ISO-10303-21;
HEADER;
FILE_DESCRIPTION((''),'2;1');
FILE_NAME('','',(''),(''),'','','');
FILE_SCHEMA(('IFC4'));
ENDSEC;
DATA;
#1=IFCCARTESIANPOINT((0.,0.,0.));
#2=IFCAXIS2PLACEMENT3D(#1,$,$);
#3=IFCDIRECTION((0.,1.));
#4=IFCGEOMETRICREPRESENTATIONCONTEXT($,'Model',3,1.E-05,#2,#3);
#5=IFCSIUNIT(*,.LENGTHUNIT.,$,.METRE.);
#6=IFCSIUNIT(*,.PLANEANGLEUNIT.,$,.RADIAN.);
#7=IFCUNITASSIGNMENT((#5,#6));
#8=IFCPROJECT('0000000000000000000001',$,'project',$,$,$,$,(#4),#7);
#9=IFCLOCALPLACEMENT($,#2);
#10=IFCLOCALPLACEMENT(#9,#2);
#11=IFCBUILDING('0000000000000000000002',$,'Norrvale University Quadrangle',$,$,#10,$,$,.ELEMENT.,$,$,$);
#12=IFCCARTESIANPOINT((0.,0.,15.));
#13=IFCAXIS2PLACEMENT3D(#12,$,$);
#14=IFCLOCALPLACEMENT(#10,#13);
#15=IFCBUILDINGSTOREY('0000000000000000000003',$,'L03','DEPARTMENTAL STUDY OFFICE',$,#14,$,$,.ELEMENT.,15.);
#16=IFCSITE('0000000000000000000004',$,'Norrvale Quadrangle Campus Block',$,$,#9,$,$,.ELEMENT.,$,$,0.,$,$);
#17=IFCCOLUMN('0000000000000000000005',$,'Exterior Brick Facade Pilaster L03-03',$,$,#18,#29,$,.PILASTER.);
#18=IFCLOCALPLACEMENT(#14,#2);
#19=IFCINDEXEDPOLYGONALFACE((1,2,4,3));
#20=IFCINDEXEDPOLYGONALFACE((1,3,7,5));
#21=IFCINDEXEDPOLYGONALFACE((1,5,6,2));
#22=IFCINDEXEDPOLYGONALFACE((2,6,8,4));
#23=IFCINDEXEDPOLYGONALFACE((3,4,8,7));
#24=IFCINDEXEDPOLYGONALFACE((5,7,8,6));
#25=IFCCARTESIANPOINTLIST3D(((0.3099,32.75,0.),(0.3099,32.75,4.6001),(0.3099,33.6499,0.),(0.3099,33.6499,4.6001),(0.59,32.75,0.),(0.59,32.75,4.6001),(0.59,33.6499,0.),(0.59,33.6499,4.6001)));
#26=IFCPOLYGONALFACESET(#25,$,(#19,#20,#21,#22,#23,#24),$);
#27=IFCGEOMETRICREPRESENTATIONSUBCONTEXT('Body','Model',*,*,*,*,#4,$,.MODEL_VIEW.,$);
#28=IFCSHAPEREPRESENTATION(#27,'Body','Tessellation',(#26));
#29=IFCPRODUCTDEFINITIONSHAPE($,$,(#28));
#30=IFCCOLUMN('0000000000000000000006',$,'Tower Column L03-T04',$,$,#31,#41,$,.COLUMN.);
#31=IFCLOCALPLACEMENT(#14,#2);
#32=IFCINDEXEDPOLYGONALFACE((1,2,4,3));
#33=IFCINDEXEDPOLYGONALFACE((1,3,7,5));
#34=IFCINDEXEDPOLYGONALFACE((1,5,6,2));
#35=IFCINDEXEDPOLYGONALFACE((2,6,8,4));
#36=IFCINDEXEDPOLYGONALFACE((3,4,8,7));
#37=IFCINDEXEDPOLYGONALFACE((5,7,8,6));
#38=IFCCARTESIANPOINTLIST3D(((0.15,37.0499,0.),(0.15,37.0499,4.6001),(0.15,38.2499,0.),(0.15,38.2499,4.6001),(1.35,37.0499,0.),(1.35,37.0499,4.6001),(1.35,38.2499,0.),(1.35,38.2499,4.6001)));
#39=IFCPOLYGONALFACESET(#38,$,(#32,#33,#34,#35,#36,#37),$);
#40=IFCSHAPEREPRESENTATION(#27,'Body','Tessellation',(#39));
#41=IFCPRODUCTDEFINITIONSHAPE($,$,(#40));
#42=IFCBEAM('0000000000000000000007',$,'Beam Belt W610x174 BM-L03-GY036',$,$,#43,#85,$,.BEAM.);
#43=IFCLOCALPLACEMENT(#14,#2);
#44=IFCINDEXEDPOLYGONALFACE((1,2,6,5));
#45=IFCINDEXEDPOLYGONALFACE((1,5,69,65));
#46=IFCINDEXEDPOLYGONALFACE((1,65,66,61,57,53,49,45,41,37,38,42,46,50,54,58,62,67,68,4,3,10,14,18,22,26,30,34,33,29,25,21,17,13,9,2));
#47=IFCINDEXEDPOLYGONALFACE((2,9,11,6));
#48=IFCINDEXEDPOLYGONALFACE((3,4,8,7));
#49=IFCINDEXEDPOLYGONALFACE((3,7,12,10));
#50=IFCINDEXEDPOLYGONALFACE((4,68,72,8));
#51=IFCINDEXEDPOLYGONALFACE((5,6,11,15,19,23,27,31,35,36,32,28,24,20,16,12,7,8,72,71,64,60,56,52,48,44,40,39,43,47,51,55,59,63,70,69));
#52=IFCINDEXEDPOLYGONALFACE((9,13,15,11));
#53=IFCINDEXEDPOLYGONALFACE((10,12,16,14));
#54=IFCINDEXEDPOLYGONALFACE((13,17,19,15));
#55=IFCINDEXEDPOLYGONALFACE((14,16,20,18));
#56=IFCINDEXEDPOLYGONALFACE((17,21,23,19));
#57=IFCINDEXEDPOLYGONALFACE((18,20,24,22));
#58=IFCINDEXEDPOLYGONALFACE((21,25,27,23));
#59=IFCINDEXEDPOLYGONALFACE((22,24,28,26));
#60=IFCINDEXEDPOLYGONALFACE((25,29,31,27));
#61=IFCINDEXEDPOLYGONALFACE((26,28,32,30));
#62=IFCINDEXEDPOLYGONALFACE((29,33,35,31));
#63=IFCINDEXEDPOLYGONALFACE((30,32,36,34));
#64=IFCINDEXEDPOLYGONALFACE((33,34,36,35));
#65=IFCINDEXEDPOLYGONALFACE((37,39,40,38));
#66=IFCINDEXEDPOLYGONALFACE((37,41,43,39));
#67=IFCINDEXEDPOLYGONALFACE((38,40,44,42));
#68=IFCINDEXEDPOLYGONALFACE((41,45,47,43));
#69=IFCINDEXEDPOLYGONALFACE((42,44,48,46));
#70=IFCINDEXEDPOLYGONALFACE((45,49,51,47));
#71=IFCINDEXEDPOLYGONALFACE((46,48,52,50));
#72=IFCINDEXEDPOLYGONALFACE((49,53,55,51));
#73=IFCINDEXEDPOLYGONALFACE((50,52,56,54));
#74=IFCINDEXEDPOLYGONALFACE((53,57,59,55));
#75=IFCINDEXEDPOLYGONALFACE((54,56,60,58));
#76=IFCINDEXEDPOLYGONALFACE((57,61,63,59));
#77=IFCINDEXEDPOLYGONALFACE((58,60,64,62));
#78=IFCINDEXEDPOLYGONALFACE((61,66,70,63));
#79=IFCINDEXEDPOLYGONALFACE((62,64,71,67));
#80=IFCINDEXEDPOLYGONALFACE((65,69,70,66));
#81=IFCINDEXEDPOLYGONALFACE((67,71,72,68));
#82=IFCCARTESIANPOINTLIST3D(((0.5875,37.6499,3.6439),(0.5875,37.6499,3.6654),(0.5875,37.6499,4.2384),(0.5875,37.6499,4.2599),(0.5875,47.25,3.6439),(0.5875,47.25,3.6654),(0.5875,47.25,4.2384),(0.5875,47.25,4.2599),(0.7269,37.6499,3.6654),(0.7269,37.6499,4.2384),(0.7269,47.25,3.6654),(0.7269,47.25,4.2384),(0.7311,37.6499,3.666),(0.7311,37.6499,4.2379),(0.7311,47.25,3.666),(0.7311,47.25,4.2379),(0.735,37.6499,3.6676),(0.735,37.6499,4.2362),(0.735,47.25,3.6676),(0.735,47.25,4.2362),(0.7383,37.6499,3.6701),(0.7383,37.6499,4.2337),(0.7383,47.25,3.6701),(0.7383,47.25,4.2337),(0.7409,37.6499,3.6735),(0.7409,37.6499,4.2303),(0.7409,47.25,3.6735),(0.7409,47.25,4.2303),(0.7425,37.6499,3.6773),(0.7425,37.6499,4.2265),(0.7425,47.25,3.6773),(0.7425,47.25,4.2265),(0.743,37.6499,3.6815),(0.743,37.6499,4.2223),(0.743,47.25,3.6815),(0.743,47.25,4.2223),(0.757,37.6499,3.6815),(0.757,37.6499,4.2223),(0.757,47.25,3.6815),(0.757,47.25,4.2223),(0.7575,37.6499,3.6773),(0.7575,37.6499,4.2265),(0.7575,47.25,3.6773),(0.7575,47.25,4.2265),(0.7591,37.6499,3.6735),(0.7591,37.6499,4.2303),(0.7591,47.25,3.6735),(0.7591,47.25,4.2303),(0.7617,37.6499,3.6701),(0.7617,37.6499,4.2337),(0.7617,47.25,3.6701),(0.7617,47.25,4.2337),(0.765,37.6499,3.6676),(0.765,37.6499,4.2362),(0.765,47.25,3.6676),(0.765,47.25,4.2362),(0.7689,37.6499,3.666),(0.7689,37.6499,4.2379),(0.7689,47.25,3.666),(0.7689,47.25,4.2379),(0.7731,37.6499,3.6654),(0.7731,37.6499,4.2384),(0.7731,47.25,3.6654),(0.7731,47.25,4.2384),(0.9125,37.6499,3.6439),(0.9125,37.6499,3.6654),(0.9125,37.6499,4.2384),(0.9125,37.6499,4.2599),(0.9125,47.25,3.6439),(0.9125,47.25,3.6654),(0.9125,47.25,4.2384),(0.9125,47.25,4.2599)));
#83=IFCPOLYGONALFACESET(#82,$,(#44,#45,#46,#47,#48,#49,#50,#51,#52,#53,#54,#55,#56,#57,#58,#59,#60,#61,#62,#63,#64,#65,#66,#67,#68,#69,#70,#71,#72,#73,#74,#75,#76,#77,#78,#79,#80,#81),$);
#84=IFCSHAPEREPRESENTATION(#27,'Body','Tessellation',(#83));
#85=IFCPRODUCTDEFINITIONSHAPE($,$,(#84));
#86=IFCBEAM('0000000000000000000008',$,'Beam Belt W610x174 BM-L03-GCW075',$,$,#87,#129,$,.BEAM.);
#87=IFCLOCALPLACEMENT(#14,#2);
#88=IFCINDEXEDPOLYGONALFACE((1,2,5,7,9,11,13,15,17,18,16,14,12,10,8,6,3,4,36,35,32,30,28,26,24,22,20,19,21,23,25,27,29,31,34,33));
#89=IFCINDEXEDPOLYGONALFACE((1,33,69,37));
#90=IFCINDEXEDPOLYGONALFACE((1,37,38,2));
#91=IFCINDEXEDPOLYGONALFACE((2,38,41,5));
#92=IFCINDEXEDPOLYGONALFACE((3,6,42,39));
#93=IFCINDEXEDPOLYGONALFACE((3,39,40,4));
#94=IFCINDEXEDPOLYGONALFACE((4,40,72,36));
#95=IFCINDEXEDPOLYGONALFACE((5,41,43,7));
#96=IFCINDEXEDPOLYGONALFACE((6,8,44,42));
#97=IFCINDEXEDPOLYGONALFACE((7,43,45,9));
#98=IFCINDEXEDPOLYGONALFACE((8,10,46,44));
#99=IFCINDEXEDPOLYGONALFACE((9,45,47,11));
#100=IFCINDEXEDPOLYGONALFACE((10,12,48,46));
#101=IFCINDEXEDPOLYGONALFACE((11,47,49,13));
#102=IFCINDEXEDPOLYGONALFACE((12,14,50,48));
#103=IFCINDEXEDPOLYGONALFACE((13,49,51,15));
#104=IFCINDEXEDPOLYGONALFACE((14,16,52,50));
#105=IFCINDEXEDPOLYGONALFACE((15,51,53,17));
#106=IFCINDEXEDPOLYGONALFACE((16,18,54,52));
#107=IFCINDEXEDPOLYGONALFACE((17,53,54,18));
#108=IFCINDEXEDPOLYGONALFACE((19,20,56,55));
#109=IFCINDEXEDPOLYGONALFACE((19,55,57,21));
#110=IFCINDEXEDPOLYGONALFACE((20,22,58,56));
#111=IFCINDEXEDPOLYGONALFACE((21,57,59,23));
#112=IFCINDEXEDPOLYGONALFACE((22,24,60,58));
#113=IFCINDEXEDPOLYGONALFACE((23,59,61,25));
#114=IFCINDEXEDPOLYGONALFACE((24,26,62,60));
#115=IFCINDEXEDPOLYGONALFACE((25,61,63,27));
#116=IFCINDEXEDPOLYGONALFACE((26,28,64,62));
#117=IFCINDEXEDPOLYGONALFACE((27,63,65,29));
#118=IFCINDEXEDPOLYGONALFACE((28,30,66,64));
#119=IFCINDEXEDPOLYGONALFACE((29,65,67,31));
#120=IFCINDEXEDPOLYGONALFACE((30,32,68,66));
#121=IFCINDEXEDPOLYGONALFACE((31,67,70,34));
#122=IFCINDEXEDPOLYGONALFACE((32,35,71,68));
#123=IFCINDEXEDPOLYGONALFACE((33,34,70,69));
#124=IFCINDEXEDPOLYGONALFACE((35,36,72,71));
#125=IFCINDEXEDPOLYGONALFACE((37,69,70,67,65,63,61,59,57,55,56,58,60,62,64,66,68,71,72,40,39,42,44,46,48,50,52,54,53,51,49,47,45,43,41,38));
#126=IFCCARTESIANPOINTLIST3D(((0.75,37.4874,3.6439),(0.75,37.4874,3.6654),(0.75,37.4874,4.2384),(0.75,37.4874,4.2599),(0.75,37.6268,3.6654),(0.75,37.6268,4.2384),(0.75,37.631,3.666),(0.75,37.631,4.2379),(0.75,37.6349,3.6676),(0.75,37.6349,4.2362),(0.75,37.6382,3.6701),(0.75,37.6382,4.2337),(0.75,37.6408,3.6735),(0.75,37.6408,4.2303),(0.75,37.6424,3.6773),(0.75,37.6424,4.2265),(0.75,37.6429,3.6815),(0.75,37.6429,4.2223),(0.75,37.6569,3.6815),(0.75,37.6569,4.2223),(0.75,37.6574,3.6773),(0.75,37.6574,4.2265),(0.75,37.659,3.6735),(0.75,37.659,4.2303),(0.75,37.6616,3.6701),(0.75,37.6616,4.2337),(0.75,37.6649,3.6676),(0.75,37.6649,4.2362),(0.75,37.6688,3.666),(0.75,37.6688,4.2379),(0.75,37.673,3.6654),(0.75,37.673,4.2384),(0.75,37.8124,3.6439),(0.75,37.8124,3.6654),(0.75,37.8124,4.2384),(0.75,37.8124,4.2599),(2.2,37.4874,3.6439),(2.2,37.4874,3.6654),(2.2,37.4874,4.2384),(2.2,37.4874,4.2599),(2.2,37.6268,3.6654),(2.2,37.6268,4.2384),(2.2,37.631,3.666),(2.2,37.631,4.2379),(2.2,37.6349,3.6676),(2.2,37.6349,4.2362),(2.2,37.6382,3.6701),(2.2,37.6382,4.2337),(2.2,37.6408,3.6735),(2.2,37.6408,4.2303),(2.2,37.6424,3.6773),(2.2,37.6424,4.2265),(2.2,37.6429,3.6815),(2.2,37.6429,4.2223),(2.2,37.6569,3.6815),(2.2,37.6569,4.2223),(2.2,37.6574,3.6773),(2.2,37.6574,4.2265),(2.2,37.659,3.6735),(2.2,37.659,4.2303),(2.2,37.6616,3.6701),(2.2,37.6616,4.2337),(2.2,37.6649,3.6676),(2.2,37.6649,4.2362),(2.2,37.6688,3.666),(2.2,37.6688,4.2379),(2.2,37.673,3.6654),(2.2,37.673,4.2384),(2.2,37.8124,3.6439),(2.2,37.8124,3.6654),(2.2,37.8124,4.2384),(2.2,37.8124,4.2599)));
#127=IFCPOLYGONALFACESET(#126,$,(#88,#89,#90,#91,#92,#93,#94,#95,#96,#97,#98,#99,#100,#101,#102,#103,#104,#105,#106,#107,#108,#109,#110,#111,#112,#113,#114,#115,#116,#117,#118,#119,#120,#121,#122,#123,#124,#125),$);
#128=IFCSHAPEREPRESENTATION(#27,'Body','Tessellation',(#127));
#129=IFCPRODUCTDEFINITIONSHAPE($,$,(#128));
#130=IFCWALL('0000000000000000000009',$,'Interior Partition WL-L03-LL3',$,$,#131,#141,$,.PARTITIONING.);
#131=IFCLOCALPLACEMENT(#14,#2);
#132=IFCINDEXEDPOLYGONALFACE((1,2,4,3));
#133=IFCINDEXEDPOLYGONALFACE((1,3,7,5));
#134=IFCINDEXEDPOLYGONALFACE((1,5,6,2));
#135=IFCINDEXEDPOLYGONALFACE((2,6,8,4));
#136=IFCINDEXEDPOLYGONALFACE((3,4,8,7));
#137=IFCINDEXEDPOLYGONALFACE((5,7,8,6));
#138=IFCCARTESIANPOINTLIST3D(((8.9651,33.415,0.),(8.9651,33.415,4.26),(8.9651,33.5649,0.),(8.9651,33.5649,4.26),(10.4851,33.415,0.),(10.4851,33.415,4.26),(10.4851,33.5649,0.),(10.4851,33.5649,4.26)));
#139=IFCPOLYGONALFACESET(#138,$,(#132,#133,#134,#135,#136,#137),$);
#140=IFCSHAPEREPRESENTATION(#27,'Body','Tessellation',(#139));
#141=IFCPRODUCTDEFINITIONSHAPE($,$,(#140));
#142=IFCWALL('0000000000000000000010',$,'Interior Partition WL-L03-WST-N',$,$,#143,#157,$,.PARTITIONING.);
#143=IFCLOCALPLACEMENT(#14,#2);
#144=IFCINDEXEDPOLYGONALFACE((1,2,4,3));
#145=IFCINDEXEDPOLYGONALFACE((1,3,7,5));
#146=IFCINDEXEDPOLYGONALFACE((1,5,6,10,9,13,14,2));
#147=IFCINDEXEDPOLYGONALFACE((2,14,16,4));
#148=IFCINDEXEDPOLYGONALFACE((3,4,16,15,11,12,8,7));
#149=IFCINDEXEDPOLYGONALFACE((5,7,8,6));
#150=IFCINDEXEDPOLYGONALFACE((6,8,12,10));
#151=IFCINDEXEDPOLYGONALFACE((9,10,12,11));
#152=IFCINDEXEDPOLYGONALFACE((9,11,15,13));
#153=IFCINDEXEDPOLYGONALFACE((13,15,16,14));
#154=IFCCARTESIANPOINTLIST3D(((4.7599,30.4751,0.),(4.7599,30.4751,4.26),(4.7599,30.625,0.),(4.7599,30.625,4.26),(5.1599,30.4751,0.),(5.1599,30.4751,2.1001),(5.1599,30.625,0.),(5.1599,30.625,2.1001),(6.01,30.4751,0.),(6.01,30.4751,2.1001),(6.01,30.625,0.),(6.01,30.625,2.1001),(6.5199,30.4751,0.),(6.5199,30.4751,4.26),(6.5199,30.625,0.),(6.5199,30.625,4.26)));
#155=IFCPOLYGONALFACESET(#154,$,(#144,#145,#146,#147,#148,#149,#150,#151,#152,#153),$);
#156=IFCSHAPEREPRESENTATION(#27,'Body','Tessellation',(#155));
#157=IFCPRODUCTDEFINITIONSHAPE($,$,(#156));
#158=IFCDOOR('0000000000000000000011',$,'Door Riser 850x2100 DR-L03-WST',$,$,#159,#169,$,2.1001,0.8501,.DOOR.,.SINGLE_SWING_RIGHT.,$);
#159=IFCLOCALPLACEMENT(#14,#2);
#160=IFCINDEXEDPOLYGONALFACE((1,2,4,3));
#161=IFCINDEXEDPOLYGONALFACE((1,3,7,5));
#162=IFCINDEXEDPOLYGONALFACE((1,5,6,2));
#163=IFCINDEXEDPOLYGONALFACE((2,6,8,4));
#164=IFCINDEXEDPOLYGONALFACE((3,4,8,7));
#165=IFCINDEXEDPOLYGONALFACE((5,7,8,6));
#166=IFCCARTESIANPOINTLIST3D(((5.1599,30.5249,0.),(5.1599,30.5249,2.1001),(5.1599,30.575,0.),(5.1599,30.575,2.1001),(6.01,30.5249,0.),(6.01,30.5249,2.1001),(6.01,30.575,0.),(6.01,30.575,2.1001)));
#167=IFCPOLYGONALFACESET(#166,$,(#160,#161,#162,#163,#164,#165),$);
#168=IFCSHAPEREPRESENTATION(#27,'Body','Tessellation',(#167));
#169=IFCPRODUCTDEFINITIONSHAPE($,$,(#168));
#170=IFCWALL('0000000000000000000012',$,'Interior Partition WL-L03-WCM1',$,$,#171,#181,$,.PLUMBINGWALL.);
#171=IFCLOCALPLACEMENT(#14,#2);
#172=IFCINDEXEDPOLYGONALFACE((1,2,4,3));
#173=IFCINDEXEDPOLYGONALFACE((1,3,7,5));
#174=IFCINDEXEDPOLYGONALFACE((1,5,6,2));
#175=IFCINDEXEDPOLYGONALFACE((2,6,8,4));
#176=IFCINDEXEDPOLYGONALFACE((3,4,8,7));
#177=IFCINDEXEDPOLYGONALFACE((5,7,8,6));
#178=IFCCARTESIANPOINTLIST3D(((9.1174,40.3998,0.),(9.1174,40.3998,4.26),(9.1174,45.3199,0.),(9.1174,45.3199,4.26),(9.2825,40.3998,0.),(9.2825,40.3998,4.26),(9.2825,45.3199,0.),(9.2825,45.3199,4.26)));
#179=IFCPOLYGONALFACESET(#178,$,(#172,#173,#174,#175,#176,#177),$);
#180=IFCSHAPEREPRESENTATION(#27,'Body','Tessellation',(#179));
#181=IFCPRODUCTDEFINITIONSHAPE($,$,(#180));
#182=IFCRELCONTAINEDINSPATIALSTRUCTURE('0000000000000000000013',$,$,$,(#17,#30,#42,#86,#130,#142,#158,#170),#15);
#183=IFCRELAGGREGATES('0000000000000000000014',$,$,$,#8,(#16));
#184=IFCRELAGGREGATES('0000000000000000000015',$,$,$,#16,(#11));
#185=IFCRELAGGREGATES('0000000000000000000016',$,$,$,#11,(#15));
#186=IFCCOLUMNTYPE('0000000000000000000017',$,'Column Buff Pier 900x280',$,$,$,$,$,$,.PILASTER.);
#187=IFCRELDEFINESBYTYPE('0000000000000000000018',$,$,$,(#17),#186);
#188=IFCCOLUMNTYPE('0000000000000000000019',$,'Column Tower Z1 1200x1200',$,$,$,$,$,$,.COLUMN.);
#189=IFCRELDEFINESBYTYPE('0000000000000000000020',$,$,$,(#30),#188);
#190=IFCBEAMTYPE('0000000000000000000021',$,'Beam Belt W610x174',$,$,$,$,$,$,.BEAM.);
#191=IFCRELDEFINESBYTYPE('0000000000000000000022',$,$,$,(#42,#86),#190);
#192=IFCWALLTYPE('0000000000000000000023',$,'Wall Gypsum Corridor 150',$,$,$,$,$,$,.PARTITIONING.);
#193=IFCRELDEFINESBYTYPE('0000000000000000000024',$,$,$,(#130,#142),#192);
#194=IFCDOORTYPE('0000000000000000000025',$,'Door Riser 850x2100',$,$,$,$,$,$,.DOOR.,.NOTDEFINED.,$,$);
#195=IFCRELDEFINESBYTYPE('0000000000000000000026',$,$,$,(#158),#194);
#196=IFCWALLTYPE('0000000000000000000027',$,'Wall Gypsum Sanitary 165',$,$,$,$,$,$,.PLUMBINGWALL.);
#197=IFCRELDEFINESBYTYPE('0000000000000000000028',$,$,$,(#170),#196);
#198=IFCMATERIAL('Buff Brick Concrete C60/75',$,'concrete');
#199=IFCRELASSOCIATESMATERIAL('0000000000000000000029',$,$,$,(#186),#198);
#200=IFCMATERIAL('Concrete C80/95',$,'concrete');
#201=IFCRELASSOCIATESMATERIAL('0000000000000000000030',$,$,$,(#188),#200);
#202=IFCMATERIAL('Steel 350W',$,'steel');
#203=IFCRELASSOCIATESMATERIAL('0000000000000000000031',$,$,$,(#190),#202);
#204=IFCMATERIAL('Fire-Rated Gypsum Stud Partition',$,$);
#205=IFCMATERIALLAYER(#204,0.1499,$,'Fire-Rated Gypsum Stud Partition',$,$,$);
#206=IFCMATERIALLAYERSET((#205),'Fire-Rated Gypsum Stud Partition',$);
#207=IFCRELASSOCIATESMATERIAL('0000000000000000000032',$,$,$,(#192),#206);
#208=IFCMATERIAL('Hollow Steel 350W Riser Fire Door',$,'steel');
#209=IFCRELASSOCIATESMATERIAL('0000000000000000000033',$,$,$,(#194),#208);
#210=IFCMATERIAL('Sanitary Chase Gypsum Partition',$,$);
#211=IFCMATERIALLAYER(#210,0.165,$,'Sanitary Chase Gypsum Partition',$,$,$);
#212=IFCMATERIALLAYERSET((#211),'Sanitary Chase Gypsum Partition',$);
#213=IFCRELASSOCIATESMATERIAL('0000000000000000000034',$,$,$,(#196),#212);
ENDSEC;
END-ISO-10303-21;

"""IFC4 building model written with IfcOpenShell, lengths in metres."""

from ifc_helpers import new_model, si_unit, direction, frame, frame_2d, origin, origin_2d, place, context, subcontext, project, spatial, rectangle, i_section, extrude, material, layer, layer_set, material_profile, profile_set, type_object, element, fill, save


model = new_model("IFC4")

# Units and contexts
model_context = context("Model", 3, precision=1e-05, world=origin(), true_north=direction((0.0, 1.0)))
body_context = subcontext(model_context, "Body", "Model", "MODEL_VIEW")
ifc_project = project(units=[si_unit("LENGTHUNIT", "METRE"), si_unit("PLANEANGLEUNIT", "RADIAN")], contexts=[model_context])

# Site, building, storey
site_placement = place(None, origin())
site = spatial("IfcSite", under=ifc_project, at=site_placement, Name="Norrvale Quadrangle Campus Block", CompositionType="ELEMENT", RefElevation=0.0)
building_placement = place(site_placement, origin())
building = spatial("IfcBuilding", under=site, at=building_placement, Name="Norrvale University Quadrangle", CompositionType="ELEMENT")
storey_placement = place(building_placement, frame((0.0, 0.0, 15.0)))
storey = spatial("IfcBuildingStorey", under=building, at=storey_placement, Name="L03", Description="DEPARTMENTAL STUDY OFFICE", CompositionType="ELEMENT", Elevation=15.0)

# Columns
ifc_material_1 = material(Name="Buff Brick Concrete C60/75", Category="concrete")
ifc_material_profile_1 = material_profile(ifc_material_1, rectangle(XDim=0.8999, YDim=0.28, at=origin_2d()), Name="Buff Brick Concrete C60/75")
ifc_profile_set_1 = profile_set([ifc_material_profile_1], Name="Buff Brick Concrete C60/75")
column_type_1 = type_object("IfcColumnType", Name="Column Buff Pier 900x280", PredefinedType="PILASTER", material=ifc_profile_set_1)
column_1_placement = place(storey_placement, frame((0.45, 33.2, 0.0), z_axis=(0.0, 0.0, 1.0), x_axis=(0.0, 1.0, 0.0)))
element("IfcColumn", 1, at=column_1_placement, inside=storey, type_object=column_type_1, Name="Exterior Brick Facade Pilaster L03-03", PredefinedType="PILASTER", context=body_context, shape_type="SweptSolid", body=[
    extrude(rectangle(XDim=0.8999, YDim=0.28, at=origin_2d()), origin(), (0.0, 0.0, 1.0), 4.6001),
])
ifc_material_2 = material(Name="Concrete C80/95", Category="concrete")
ifc_material_profile_2 = material_profile(ifc_material_2, rectangle(XDim=1.2, YDim=1.2, at=origin_2d()), Name="Concrete C80/95")
ifc_profile_set_2 = profile_set([ifc_material_profile_2], Name="Concrete C80/95")
column_type_2 = type_object("IfcColumnType", Name="Column Tower Z1 1200x1200", PredefinedType="COLUMN", material=ifc_profile_set_2)
column_2_placement = place(storey_placement, frame((0.75, 37.6499, 0.0), z_axis=(0.0, 0.0, 1.0), x_axis=(1.0, 0.0, 0.0)))
element("IfcColumn", 2, at=column_2_placement, inside=storey, type_object=column_type_2, Name="Tower Column L03-T04", PredefinedType="COLUMN", context=body_context, shape_type="SweptSolid", body=[
    extrude(rectangle(XDim=1.2, YDim=1.2, at=origin_2d()), origin(), (0.0, 0.0, 1.0), 4.6001),
])

# Beams
ifc_material_3 = material(Name="Steel 350W", Category="steel")
ifc_material_profile_3 = material_profile(ifc_material_3, i_section(OverallWidth=0.325, OverallDepth=0.616, WebThickness=0.0139, FlangeThickness=0.0215, FilletRadius=0.0161, at=origin_2d()), Name="Steel 350W")
ifc_profile_set_3 = profile_set([ifc_material_profile_3], Name="Steel 350W")
beam_type = type_object("IfcBeamType", Name="Beam Belt W610x174", PredefinedType="BEAM", material=ifc_profile_set_3)
beam_1_placement = place(storey_placement, frame((0.75, 37.6499, 3.9519), z_axis=(0.0, 1.0, 0.0), x_axis=(-1.0, 0.0, 0.0)))
element("IfcBeam", 3, at=beam_1_placement, inside=storey, type_object=beam_type, Name="Beam Belt W610x174 BM-L03-GY036", PredefinedType="BEAM", context=body_context, shape_type="SweptSolid", body=[
    extrude(i_section(OverallWidth=0.325, OverallDepth=0.616, WebThickness=0.0139, FlangeThickness=0.0215, FilletRadius=0.0161, at=origin_2d()), origin(), (0.0, 0.0, 1.0), 9.6001),
])
beam_2_placement = place(storey_placement, frame((0.75, 37.6499, 3.9519), z_axis=(1.0, 0.0, 0.0), x_axis=(0.0, 1.0, 0.0)))
element("IfcBeam", 4, at=beam_2_placement, inside=storey, type_object=beam_type, Name="Beam Belt W610x174 BM-L03-GCW075", PredefinedType="BEAM", context=body_context, shape_type="SweptSolid", body=[
    extrude(i_section(OverallWidth=0.325, OverallDepth=0.616, WebThickness=0.0139, FlangeThickness=0.0215, FilletRadius=0.0161, at=origin_2d()), origin(), (0.0, 0.0, 1.0), 1.45),
])

# Wall
ifc_material_4 = material(Name="Fire-Rated Gypsum Stud Partition")
ifc_layer_1 = layer(ifc_material_4, 0.1499, Name="Fire-Rated Gypsum Stud Partition")
ifc_layer_set_1 = layer_set([ifc_layer_1], Name="Fire-Rated Gypsum Stud Partition")
wall_type_1 = type_object("IfcWallType", Name="Wall Gypsum Corridor 150", PredefinedType="PARTITIONING", material=ifc_layer_set_1)
wall_1_placement = place(storey_placement, frame((8.9651, 33.49, 0.0), z_axis=(0.0, 0.0, 1.0), x_axis=(1.0, 0.0, 0.0)))
element("IfcWall", 5, at=wall_1_placement, inside=storey, type_object=wall_type_1, Name="Interior Partition WL-L03-LL3", PredefinedType="PARTITIONING", context=body_context, shape_type="SweptSolid", body=[
    extrude(rectangle(XDim=1.52, YDim=0.1499, at=frame_2d((0.76, 0.0))), origin(), (0.0, 0.0, 1.0), 4.26),
])

# Wall, opening, door
wall_2_placement = place(storey_placement, frame((4.76, 30.55, 0.0), z_axis=(0.0, 0.0, 1.0), x_axis=(1.0, 0.0, 0.0)))
wall_2 = element("IfcWall", 6, at=wall_2_placement, inside=storey, type_object=wall_type_1, Name="Interior Partition WL-L03-WST-N", PredefinedType="PARTITIONING", context=body_context, shape_type="SweptSolid", body=[
    extrude(rectangle(XDim=1.76, YDim=0.1499, at=frame_2d((0.8799, 0.0))), origin(), (0.0, 0.0, 1.0), 4.26),
])
opening_1_placement = place(wall_2_placement, frame((0.3999, 0.0, 0.0)))
opening_1 = element("IfcOpeningElement", 7, at=opening_1_placement, cuts=wall_2, PredefinedType="OPENING", context=body_context, shape_type="SweptSolid", body=[
    extrude(rectangle(XDim=0.8501, YDim=2.1001, at=frame_2d((0.425, 1.05))), frame((0.0, 0.0869, 0.0), z_axis=(0.0, -1.0, 0.0), x_axis=(1.0, 0.0, 0.0)), (0.0, 0.0, 1.0), 0.1738),
])
ifc_material_5 = material(Name="Hollow Steel 350W Riser Fire Door", Category="steel")
door_type_1 = type_object("IfcDoorType", Name="Door Riser 850x2100", OperationType="NOTDEFINED", PredefinedType="DOOR", material=ifc_material_5)
door_1_placement = place(opening_1_placement, origin())
door_1 = element("IfcDoor", 8, at=door_1_placement, inside=storey, type_object=door_type_1, Name="Door Riser 850x2100 DR-L03-WST", OperationType="SINGLE_SWING_RIGHT", OverallHeight=2.1001, OverallWidth=0.8501, PredefinedType="DOOR", context=body_context, shape_type="SweptSolid", body=[
    extrude(rectangle(XDim=0.8501, YDim=2.1001, at=frame_2d((0.425, 1.05))), frame((0.0, 0.0249, 0.0), z_axis=(0.0, -1.0, 0.0), x_axis=(1.0, 0.0, 0.0)), (0.0, 0.0, 1.0), 0.05),
])
fill(opening_1, door_1)

# Wall
ifc_material_6 = material(Name="Sanitary Chase Gypsum Partition")
ifc_layer_2 = layer(ifc_material_6, 0.165, Name="Sanitary Chase Gypsum Partition")
ifc_layer_set_2 = layer_set([ifc_layer_2], Name="Sanitary Chase Gypsum Partition")
wall_type_2 = type_object("IfcWallType", Name="Wall Gypsum Sanitary 165", PredefinedType="PLUMBINGWALL", material=ifc_layer_set_2)
wall_3_placement = place(storey_placement, frame((9.2, 40.3999, 0.0), z_axis=(0.0, 0.0, 1.0), x_axis=(0.0, 1.0, 0.0)))
element("IfcWall", 9, at=wall_3_placement, inside=storey, type_object=wall_type_2, Name="Interior Partition WL-L03-WCM1", PredefinedType="PLUMBINGWALL", context=body_context, shape_type="SweptSolid", body=[
    extrude(rectangle(XDim=4.9202, YDim=0.165, at=frame_2d((2.46, 0.0))), origin(), (0.0, 0.0, 1.0), 4.26),
])

save(model, "model.ifc")
